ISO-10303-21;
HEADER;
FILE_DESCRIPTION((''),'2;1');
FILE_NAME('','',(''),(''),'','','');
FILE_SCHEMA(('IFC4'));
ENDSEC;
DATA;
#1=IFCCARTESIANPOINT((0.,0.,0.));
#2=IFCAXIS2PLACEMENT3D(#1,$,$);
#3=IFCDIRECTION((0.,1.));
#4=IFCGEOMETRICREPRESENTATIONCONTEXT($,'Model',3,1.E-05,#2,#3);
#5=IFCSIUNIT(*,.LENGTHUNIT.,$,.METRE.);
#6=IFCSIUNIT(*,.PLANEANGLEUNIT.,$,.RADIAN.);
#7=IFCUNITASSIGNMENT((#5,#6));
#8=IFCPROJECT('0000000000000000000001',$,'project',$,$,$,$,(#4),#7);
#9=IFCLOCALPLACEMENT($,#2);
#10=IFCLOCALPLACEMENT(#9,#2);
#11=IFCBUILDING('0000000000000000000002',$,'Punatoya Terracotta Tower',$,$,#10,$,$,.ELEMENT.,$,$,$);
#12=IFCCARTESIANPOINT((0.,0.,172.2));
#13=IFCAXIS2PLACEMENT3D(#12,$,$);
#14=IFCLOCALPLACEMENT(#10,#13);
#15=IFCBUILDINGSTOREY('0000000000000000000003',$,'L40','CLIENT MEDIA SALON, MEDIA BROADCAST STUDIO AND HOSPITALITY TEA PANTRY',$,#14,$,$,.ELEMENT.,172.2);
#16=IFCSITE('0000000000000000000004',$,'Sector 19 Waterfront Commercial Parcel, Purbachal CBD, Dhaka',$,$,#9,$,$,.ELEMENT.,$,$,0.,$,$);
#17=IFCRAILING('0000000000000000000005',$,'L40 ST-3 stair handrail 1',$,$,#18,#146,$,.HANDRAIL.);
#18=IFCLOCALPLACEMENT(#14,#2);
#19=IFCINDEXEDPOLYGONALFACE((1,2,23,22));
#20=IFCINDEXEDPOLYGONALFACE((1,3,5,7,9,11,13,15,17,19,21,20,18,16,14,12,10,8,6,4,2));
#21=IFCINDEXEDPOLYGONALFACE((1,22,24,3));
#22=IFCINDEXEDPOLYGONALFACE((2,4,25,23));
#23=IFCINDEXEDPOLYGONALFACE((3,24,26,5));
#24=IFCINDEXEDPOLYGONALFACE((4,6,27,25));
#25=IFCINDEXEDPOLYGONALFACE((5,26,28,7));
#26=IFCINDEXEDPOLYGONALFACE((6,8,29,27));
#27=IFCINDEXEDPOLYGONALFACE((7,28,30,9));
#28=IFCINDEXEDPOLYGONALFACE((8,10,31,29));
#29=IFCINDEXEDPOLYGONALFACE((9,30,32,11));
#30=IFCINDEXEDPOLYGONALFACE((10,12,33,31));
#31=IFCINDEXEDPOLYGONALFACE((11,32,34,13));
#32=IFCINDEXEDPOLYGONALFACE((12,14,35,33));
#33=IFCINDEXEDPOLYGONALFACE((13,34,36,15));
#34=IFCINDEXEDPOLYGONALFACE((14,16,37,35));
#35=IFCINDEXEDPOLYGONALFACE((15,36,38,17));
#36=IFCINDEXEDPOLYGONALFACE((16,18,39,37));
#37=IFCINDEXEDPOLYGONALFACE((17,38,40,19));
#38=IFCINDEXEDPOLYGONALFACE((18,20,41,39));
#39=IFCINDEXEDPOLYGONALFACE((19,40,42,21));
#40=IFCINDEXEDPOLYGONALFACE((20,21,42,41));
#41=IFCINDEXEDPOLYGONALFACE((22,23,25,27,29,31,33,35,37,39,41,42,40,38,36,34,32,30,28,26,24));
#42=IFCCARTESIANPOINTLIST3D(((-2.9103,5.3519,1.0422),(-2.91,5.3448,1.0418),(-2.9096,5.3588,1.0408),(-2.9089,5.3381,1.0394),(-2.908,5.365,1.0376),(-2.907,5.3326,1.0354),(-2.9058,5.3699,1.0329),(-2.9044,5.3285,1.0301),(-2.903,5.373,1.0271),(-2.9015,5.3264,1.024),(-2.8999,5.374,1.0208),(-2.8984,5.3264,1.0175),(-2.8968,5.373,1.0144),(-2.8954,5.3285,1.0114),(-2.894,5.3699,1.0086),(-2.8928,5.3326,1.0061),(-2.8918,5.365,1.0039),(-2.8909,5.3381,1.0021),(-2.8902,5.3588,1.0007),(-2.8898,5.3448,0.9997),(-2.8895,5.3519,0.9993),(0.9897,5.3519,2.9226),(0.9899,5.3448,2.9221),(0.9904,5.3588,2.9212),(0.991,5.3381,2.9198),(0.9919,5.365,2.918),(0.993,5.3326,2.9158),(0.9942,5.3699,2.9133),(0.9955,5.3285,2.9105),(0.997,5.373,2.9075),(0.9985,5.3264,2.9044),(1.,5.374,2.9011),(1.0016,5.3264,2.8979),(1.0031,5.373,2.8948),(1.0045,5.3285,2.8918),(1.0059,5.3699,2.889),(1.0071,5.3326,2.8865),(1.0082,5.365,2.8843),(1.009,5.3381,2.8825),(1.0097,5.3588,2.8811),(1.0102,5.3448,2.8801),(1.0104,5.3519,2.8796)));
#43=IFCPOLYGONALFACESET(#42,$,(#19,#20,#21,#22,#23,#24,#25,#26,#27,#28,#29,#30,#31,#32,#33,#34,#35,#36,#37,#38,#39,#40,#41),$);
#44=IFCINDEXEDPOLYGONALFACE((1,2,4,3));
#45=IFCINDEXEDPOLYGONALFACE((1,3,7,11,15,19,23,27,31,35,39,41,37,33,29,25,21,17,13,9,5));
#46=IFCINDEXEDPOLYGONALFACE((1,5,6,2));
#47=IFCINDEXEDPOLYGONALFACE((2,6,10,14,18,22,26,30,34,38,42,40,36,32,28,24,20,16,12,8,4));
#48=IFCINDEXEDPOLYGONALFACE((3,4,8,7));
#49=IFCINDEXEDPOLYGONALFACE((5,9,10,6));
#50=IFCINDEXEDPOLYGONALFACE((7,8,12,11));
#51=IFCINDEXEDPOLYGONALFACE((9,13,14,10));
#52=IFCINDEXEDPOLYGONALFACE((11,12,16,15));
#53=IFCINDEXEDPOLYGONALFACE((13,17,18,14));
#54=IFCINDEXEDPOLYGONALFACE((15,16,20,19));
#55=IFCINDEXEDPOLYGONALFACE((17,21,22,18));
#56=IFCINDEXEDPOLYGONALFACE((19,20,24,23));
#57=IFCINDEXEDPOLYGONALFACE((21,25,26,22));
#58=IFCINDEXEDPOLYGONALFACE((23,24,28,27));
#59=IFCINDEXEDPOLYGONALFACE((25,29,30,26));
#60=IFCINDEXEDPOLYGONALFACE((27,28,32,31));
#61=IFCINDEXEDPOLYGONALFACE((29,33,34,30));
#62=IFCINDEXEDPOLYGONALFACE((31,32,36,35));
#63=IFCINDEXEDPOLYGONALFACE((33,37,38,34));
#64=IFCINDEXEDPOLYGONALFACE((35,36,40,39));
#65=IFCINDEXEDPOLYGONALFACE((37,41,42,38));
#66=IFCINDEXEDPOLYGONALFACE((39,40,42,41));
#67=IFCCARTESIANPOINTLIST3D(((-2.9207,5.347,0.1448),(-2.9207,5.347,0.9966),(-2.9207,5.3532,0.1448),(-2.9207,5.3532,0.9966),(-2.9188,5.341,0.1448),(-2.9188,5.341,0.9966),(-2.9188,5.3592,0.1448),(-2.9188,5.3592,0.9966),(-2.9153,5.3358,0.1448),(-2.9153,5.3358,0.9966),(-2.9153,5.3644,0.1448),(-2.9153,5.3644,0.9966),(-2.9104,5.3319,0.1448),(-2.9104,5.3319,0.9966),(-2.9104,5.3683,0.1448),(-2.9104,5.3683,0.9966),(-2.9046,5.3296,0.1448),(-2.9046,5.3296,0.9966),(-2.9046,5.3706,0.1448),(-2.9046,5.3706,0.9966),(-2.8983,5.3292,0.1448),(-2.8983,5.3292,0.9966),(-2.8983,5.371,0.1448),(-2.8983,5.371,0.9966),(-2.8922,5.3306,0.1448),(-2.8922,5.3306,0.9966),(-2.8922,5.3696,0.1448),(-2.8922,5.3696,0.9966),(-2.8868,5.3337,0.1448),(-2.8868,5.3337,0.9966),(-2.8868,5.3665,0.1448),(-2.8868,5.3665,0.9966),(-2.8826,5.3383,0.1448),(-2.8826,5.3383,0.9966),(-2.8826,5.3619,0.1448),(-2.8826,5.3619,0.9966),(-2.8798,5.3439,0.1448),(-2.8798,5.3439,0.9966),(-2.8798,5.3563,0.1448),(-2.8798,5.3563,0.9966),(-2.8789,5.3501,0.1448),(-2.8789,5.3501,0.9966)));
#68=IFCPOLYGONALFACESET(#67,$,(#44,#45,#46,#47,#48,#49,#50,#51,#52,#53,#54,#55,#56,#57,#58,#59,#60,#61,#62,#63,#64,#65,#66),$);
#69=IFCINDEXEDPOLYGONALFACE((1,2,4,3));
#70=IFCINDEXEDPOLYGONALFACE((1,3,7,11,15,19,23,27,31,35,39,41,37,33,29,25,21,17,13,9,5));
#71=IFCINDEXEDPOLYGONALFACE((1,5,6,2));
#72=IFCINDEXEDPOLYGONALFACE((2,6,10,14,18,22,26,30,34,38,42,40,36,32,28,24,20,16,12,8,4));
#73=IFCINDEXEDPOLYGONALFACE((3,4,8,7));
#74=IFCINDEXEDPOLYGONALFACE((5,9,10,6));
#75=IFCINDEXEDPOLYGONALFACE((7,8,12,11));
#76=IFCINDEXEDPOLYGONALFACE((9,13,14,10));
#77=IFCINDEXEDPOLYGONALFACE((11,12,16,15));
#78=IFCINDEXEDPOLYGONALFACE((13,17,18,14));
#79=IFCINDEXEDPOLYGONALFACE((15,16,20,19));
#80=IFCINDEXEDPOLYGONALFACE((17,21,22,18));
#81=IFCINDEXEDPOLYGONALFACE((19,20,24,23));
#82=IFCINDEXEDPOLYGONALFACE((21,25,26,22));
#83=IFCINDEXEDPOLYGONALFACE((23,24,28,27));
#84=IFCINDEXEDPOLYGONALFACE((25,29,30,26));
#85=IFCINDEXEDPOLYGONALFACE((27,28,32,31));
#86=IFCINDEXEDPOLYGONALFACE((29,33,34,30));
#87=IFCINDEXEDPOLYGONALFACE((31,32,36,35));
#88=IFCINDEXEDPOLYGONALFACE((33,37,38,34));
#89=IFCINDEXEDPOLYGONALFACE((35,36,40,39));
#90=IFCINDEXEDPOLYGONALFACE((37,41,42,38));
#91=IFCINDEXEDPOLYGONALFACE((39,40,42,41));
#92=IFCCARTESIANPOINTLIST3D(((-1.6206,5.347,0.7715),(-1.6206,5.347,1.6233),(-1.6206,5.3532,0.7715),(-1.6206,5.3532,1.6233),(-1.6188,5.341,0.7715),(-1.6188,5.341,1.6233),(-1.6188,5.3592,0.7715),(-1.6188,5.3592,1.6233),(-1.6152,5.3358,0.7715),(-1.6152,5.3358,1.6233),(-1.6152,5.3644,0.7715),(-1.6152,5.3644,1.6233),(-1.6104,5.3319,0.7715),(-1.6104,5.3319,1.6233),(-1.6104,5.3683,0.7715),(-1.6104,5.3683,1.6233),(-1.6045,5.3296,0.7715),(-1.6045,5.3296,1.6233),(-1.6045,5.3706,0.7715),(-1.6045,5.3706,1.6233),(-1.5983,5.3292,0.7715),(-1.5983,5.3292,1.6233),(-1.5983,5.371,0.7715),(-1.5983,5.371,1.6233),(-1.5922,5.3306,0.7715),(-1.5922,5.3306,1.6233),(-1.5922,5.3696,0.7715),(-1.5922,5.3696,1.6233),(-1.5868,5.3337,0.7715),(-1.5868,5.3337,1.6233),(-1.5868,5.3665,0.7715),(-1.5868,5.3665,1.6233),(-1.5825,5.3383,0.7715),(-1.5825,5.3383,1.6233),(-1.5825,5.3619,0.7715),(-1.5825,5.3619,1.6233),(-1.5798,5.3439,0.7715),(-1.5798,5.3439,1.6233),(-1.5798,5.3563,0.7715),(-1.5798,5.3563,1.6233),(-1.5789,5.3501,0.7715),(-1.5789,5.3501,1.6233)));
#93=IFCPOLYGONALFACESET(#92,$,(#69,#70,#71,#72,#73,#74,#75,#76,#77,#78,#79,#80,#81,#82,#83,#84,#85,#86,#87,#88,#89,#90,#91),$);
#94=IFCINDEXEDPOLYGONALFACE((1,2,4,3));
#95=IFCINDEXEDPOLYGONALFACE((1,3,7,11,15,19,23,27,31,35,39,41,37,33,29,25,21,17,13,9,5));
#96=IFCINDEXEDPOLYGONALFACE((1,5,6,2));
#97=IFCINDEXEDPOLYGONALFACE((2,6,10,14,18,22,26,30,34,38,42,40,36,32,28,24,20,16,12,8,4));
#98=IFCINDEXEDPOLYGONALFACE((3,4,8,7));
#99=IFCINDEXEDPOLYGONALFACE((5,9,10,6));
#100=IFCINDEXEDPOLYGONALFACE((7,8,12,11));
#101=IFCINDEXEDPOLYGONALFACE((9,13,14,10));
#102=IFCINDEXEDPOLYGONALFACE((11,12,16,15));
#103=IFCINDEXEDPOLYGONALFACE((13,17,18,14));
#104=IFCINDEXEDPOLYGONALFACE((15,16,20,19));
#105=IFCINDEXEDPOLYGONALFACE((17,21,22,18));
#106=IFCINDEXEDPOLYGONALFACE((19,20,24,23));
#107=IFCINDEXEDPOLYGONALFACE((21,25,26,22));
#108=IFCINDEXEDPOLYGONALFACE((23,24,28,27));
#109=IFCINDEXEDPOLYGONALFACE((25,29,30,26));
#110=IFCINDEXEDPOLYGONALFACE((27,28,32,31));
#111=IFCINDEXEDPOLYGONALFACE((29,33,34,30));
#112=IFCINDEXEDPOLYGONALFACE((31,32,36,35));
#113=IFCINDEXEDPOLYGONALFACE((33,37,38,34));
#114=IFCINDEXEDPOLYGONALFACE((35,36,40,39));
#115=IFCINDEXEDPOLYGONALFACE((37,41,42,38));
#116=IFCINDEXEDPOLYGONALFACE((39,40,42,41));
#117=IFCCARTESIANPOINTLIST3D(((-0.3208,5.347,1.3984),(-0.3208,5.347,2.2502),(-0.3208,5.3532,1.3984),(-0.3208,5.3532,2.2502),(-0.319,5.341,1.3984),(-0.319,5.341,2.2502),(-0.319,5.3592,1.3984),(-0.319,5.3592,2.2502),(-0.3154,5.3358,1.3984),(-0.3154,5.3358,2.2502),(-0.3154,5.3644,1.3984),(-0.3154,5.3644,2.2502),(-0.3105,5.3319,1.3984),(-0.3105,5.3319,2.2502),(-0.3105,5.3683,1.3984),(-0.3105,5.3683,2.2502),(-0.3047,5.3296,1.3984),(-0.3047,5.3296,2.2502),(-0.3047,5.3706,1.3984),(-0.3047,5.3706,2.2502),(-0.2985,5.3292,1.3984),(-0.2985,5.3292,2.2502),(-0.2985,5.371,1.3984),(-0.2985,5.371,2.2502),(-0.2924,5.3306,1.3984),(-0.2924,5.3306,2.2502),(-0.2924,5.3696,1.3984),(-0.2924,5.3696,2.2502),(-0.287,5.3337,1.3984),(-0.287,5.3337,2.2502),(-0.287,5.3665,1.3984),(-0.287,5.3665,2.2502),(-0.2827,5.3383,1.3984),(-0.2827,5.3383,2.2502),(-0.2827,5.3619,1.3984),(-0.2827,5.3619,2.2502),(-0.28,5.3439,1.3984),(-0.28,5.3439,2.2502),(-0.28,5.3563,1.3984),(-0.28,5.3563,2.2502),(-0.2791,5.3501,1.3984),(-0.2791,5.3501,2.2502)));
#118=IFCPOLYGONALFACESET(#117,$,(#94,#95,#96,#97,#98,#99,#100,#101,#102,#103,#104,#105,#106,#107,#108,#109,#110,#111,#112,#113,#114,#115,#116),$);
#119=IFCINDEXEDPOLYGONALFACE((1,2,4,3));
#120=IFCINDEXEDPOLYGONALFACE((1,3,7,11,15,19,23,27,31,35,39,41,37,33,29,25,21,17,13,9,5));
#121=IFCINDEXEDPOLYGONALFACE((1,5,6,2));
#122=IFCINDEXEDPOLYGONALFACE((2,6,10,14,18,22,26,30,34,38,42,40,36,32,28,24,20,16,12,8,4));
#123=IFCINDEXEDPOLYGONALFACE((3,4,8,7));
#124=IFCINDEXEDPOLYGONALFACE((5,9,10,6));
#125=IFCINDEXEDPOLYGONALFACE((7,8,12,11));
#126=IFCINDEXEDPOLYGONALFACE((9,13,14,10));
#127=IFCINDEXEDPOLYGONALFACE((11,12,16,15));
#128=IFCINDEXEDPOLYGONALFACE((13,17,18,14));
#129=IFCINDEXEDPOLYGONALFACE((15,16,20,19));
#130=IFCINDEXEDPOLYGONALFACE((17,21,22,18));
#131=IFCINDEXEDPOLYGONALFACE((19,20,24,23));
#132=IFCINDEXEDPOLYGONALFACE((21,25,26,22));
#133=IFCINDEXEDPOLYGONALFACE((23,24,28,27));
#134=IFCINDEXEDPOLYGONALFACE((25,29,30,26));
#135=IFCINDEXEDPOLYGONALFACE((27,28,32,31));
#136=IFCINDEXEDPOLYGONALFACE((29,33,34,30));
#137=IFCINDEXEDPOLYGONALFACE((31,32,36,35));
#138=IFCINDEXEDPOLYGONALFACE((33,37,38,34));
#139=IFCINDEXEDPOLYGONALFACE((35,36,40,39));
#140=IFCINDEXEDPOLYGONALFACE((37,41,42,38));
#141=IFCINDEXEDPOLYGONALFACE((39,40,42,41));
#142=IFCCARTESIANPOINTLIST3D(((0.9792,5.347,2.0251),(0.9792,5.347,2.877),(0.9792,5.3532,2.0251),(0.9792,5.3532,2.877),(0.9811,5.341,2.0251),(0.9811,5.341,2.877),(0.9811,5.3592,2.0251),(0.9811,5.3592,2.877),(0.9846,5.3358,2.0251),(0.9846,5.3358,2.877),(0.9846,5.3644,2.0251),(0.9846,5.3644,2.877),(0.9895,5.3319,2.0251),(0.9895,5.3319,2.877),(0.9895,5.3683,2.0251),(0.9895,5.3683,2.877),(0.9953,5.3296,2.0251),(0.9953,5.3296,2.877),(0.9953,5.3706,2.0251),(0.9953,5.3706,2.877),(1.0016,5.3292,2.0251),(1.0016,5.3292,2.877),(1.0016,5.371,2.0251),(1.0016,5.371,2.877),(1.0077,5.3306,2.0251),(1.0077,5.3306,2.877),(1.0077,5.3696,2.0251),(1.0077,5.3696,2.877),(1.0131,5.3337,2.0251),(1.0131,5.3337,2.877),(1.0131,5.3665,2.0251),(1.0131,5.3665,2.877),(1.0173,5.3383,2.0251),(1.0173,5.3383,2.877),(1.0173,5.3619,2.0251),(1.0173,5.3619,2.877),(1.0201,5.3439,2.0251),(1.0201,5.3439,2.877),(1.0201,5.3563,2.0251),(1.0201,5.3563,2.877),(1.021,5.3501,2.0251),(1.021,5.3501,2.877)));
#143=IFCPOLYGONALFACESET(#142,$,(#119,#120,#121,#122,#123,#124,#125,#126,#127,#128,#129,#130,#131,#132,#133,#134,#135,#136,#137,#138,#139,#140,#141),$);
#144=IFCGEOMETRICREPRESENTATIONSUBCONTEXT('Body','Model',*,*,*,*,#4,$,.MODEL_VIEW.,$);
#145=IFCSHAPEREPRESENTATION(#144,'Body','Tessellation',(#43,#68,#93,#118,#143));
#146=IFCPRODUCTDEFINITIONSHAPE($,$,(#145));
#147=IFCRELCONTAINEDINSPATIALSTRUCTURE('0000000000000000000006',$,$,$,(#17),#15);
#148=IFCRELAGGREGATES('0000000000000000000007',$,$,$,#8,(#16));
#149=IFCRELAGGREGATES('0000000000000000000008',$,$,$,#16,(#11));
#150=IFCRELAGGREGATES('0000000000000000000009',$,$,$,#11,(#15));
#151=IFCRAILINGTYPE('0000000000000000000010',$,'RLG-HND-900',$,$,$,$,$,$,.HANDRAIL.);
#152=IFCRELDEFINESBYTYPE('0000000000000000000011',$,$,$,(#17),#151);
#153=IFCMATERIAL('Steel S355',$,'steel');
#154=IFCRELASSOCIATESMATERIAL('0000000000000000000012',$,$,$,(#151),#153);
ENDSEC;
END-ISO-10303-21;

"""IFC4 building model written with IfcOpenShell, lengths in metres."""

from ifc_helpers import new_model, si_unit, direction, frame, origin, origin_2d, place, context, subcontext, project, spatial, circle, extrude, material, type_object, element, save


model = new_model("IFC4")

# Units and contexts
model_context = context("Model", 3, precision=1e-05, world=origin(), true_north=direction((0.0, 1.0)))
body_context = subcontext(model_context, "Body", "Model", "MODEL_VIEW")
ifc_project = project(units=[si_unit("LENGTHUNIT", "METRE"), si_unit("PLANEANGLEUNIT", "RADIAN")], contexts=[model_context])

# Site, building, storey
site_placement = place(None, origin())
site = spatial("IfcSite", under=ifc_project, at=site_placement, Name="Sector 19 Waterfront Commercial Parcel, Purbachal CBD, Dhaka", CompositionType="ELEMENT", RefElevation=0.0)
building_placement = place(site_placement, origin())
building = spatial("IfcBuilding", under=site, at=building_placement, Name="Punatoya Terracotta Tower", CompositionType="ELEMENT")
storey_placement = place(building_placement, frame((0.0, 0.0, 172.2)))
storey = spatial("IfcBuildingStorey", under=building, at=storey_placement, Name="L40", Description="CLIENT MEDIA SALON, MEDIA BROADCAST STUDIO AND HOSPITALITY TEA PANTRY", CompositionType="ELEMENT", Elevation=172.2)

# Shared definitions
ifc_material_1 = material(Name="Steel S355", Category="steel")

# Railing
railing_type_1 = type_object("IfcRailingType", Name="RLG-HND-900", PredefinedType="HANDRAIL", material=ifc_material_1)
railing_1_placement = place(storey_placement, frame((-2.8999, 5.3501, 0.1448)))
element("IfcRailing", 1, at=railing_1_placement, inside=storey, type_object=railing_type_1, Name="L40 ST-3 stair handrail 1", PredefinedType="HANDRAIL", context=body_context, shape_type="SweptSolid", body=[
    extrude(circle(Radius=0.0239, at=origin_2d()), frame((0.0, 0.0, 0.876), z_axis=(0.900763, 0.0, 0.434311), x_axis=(0.0, 1.0, 0.0)), (0.0, 0.0, 1.0), 4.3296),
    extrude(circle(Radius=0.021, at=origin_2d()), origin(), (0.0, 0.0, 1.0), 0.8518),
    extrude(circle(Radius=0.021, at=origin_2d()), frame((1.3, 0.0, 0.6267)), (0.0, 0.0, 1.0), 0.8518),
    extrude(circle(Radius=0.021, at=origin_2d()), frame((2.5999, 0.0, 1.2537)), (0.0, 0.0, 1.0), 0.8518),
    extrude(circle(Radius=0.021, at=origin_2d()), frame((3.8999, 0.0, 1.8804)), (0.0, 0.0, 1.0), 0.8518),
])

save(model, "model.ifc")
